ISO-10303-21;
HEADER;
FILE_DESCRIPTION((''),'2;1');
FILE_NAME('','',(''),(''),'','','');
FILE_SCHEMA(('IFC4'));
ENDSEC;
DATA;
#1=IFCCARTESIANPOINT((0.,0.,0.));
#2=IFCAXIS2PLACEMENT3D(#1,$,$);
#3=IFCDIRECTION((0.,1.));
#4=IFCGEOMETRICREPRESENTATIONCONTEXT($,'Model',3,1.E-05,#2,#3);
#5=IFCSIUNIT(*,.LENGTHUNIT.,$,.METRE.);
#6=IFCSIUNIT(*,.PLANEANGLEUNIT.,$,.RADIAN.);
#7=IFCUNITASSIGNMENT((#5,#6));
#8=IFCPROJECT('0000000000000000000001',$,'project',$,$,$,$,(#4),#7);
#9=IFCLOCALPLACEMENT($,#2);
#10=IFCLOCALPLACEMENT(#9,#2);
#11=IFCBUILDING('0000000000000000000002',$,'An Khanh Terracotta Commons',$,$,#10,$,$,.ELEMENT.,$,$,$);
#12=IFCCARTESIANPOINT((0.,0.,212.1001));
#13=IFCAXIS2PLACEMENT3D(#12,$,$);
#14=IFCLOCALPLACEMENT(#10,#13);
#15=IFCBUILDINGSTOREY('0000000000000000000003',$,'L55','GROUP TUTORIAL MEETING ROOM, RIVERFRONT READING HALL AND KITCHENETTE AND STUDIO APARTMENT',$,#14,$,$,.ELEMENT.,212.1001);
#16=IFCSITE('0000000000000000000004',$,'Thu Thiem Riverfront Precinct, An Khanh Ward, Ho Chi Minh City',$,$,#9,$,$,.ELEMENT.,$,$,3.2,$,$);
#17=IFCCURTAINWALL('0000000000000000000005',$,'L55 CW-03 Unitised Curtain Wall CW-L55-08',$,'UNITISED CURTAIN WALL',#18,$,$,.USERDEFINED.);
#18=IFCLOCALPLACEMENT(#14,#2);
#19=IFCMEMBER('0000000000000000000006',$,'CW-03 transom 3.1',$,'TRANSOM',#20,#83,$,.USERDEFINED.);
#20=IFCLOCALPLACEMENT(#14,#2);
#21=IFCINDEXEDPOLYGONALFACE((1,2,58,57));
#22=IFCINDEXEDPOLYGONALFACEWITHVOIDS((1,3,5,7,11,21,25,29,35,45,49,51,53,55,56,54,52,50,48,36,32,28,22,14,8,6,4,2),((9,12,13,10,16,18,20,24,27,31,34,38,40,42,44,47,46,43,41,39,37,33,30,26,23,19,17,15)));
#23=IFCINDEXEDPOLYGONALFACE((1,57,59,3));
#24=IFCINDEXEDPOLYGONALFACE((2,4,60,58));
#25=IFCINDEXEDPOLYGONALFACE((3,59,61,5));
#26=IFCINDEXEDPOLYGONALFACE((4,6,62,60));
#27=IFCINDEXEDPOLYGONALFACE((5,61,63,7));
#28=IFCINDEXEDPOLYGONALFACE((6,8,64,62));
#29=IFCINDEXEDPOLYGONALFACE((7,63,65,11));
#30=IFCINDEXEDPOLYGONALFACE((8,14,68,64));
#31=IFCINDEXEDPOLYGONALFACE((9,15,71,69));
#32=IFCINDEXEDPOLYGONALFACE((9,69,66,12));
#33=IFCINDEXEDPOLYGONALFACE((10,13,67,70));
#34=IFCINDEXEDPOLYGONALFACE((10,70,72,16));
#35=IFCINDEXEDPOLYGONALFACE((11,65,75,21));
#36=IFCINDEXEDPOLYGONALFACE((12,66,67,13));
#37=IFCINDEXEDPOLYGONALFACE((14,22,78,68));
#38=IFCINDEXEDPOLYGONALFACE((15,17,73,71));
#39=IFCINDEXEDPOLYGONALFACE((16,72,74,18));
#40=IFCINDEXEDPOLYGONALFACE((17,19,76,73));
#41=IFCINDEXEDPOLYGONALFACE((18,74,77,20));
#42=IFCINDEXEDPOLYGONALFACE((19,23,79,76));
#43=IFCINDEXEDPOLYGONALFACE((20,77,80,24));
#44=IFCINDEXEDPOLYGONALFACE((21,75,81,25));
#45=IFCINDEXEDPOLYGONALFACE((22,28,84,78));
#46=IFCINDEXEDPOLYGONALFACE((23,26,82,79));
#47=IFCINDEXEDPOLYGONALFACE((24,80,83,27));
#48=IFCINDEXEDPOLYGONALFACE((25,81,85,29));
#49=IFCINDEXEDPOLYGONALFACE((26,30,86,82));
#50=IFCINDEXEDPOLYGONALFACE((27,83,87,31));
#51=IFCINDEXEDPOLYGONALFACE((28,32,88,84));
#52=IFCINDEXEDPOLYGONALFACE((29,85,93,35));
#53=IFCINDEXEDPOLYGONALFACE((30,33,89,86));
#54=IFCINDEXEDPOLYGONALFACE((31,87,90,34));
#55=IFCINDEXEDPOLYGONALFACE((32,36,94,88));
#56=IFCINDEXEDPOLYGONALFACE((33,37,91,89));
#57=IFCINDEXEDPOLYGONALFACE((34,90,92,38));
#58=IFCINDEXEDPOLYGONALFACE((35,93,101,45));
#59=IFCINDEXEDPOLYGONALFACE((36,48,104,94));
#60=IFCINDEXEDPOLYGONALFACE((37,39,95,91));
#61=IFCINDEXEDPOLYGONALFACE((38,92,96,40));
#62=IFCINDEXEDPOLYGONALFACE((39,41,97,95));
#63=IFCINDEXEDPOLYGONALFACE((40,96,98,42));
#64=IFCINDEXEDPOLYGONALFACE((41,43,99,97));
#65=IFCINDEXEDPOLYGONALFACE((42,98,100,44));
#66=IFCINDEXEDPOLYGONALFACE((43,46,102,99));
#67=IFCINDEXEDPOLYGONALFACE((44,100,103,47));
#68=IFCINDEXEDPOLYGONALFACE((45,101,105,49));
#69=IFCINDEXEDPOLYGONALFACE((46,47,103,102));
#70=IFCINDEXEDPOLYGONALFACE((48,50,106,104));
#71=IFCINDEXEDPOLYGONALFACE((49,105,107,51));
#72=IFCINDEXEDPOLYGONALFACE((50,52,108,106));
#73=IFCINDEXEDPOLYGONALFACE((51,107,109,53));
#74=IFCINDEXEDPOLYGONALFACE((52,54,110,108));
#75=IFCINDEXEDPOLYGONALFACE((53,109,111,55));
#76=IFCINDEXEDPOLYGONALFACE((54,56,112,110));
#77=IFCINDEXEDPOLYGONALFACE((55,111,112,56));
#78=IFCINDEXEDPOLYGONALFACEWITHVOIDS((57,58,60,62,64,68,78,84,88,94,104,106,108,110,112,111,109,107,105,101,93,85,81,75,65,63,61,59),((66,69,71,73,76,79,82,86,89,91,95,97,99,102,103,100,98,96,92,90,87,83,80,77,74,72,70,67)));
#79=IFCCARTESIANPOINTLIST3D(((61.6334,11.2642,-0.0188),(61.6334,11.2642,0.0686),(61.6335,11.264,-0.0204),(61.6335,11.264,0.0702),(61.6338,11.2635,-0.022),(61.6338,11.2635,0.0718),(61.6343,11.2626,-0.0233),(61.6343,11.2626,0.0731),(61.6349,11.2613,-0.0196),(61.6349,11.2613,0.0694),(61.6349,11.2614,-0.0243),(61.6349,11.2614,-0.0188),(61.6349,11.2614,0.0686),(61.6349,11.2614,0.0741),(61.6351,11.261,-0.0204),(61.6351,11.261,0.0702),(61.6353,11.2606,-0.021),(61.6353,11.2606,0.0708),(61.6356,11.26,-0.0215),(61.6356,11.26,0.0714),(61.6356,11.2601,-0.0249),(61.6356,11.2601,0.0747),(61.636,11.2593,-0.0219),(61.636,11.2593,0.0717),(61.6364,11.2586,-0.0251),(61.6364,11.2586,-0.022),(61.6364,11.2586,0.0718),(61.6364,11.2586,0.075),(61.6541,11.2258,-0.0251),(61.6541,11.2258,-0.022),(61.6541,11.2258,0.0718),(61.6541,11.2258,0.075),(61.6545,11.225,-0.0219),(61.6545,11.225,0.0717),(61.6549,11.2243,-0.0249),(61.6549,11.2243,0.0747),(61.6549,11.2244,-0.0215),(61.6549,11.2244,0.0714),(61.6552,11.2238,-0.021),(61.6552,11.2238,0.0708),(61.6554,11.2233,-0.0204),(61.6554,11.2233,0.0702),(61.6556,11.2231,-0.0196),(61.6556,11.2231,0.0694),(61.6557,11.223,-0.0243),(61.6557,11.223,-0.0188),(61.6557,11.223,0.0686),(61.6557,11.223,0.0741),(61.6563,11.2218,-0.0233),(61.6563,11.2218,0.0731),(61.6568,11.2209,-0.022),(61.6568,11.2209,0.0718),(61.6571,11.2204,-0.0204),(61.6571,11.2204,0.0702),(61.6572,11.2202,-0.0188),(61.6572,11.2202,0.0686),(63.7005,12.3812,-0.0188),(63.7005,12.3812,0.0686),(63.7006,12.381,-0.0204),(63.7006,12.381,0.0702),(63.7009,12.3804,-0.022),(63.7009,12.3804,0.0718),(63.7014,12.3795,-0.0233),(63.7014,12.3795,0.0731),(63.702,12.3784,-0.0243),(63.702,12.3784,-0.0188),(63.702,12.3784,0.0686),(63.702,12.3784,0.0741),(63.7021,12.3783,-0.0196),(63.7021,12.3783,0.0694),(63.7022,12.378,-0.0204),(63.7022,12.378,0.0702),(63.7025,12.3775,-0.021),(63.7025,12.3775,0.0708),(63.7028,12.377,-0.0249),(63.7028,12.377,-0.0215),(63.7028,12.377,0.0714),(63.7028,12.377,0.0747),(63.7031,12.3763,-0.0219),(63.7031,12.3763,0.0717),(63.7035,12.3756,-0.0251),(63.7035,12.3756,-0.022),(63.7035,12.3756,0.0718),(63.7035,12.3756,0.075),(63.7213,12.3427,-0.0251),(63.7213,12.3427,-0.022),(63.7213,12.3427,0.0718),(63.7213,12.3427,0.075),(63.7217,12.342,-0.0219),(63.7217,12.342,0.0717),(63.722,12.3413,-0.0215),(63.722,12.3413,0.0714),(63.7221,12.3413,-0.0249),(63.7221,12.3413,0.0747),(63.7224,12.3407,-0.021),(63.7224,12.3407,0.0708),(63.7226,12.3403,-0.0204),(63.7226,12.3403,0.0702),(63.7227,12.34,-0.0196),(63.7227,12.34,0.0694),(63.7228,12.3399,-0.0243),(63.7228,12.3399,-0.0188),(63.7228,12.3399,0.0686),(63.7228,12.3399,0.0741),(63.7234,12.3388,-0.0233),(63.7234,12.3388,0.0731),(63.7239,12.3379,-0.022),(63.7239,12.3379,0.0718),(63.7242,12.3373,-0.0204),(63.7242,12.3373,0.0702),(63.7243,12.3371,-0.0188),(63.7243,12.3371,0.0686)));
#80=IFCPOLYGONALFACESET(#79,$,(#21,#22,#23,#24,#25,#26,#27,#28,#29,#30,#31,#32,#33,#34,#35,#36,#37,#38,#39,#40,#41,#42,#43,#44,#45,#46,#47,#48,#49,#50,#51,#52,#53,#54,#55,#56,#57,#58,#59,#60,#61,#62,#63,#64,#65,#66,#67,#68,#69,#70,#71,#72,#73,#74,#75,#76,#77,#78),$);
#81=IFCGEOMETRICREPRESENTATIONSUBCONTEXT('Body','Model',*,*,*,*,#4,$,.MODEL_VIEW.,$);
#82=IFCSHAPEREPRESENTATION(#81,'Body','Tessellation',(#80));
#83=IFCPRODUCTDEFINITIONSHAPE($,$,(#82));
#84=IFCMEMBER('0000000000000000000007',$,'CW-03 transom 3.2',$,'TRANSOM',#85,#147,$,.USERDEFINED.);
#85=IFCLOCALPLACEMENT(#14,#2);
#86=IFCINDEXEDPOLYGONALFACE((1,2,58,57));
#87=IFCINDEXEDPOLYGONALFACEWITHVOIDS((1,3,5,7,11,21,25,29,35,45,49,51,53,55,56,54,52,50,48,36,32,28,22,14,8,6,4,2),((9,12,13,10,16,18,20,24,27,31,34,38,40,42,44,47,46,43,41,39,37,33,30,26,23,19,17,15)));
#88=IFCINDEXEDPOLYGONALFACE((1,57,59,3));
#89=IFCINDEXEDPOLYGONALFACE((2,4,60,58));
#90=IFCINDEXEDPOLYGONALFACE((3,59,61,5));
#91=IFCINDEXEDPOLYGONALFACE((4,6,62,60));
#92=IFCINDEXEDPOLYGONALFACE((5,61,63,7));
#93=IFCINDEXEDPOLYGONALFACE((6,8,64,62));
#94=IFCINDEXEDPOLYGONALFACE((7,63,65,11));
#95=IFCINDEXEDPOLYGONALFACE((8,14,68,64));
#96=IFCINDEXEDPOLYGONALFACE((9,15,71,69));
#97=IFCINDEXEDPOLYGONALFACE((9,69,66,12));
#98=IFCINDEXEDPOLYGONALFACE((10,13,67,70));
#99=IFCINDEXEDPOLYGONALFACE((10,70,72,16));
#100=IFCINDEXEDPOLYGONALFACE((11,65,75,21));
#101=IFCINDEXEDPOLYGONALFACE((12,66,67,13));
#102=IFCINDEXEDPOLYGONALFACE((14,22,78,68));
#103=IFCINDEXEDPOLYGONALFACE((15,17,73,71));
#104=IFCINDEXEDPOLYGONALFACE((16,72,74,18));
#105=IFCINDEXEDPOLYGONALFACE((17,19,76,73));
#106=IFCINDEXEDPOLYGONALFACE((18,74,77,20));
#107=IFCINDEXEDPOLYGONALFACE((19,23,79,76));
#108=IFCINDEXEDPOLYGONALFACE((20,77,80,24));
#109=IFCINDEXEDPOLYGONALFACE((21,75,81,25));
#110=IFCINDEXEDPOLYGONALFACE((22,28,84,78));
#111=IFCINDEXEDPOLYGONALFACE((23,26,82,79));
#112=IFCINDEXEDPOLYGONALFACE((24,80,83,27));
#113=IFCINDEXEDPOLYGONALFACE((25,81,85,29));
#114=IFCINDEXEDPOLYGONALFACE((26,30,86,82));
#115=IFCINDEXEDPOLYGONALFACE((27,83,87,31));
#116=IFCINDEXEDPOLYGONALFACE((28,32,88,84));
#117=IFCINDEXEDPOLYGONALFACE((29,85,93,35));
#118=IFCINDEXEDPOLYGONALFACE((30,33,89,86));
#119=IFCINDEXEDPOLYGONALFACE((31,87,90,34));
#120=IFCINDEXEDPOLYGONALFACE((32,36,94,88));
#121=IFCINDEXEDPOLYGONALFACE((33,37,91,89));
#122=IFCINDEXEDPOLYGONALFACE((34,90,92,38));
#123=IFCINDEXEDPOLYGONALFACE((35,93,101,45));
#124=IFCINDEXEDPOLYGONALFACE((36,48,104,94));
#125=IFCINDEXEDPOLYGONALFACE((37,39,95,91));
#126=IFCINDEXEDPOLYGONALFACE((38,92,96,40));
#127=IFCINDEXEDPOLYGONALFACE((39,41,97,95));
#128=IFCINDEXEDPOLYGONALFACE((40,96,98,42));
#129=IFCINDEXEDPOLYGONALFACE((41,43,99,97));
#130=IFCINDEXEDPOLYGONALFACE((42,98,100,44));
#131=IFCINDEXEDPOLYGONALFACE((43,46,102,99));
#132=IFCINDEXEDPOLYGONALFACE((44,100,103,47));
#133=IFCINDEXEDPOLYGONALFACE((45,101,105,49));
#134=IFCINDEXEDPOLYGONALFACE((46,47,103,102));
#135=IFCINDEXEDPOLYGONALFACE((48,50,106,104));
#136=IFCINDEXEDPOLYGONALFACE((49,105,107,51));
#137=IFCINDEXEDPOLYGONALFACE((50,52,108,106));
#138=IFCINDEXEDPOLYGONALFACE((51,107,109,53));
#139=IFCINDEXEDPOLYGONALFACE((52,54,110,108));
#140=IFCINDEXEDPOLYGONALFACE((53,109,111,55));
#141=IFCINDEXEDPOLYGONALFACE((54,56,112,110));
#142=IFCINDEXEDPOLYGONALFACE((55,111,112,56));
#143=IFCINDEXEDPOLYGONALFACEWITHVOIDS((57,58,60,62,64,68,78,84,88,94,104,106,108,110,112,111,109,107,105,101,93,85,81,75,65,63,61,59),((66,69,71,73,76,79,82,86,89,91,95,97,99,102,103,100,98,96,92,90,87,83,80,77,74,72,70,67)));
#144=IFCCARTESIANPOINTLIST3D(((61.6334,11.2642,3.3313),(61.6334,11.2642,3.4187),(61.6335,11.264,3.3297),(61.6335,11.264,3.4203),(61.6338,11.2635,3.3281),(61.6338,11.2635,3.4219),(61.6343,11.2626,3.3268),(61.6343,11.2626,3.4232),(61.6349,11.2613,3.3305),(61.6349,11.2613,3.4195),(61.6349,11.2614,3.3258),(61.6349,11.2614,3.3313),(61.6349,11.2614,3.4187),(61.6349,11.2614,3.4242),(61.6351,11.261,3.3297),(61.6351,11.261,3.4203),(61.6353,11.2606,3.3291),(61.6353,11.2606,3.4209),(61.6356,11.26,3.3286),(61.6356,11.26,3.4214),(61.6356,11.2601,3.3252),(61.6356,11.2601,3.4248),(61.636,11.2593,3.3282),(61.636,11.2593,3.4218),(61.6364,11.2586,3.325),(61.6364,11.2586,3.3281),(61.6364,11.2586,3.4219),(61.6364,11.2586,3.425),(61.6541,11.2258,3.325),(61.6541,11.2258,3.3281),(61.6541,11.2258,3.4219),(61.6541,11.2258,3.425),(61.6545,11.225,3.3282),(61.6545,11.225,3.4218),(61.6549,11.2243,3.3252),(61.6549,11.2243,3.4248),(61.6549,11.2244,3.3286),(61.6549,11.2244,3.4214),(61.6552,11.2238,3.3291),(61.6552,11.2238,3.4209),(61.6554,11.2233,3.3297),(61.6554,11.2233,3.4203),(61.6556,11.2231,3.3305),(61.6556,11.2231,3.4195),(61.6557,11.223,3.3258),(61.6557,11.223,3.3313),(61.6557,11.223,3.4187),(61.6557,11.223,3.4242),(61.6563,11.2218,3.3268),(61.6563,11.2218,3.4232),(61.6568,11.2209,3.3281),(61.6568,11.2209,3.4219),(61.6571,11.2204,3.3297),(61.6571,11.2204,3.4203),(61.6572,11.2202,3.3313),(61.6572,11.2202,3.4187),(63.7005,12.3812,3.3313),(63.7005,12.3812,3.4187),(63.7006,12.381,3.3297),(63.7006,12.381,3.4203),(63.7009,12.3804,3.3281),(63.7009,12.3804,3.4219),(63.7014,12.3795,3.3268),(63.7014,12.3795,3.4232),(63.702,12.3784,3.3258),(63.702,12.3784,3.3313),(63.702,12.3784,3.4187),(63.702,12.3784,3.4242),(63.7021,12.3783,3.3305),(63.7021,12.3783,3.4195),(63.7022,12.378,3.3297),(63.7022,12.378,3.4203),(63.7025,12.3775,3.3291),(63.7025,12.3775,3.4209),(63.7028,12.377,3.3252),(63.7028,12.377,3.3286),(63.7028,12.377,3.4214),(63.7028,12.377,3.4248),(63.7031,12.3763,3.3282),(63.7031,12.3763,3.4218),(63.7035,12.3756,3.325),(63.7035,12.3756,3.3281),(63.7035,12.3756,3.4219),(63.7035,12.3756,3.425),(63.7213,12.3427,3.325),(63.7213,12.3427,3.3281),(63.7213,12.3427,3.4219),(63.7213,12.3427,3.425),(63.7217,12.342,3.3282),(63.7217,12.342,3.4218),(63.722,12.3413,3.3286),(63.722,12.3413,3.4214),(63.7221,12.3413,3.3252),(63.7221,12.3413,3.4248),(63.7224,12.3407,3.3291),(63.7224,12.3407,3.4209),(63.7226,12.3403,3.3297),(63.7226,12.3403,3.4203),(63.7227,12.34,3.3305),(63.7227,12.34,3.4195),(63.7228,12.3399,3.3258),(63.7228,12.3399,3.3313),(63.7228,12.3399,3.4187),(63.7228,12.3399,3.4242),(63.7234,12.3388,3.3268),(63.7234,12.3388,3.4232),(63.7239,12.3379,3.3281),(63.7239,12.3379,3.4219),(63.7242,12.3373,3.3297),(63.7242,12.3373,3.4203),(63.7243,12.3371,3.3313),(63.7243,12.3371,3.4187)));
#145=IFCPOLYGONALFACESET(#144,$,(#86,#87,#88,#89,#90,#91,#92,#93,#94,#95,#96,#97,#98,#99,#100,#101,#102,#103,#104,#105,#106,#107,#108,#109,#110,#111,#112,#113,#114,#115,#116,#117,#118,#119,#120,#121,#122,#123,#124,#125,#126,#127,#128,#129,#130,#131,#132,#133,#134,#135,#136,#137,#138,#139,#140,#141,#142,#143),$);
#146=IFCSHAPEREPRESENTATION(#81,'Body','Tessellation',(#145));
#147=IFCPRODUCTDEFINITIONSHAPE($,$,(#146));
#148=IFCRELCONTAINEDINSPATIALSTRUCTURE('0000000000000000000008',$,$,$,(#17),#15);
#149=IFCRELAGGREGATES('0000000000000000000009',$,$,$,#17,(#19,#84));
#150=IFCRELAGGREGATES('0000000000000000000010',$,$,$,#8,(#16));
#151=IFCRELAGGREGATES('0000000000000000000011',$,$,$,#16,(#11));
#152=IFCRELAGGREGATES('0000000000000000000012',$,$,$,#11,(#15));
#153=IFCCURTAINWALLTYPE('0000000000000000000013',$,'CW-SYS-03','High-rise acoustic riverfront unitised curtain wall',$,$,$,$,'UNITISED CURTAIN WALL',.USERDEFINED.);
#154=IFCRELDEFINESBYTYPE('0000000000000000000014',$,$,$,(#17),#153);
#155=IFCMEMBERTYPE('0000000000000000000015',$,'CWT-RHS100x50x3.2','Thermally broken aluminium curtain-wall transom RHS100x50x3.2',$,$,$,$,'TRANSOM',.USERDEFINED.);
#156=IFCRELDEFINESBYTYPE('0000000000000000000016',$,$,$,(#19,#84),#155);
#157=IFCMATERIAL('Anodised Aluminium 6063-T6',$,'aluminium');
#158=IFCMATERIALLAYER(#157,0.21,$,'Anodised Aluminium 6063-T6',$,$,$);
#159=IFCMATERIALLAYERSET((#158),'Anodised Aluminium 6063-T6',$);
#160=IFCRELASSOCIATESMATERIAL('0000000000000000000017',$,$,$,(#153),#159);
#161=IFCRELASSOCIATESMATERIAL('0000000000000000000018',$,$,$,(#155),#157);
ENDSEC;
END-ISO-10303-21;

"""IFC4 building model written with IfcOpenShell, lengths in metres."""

from ifc_helpers import new_model, si_unit, direction, frame, origin, origin_2d, place, context, subcontext, project, spatial, hollow_rectangle, extrude, material, layer, layer_set, material_profile, profile_set, type_object, element, aggregate, save


model = new_model("IFC4")

# Units and contexts
model_context = context("Model", 3, precision=1e-05, world=origin(), true_north=direction((0.0, 1.0)))
body_context = subcontext(model_context, "Body", "Model", "MODEL_VIEW")
ifc_project = project(units=[si_unit("LENGTHUNIT", "METRE"), si_unit("PLANEANGLEUNIT", "RADIAN")], contexts=[model_context])

# Site, building, storey
site_placement = place(None, origin())
site = spatial("IfcSite", under=ifc_project, at=site_placement, Name="Thu Thiem Riverfront Precinct, An Khanh Ward, Ho Chi Minh City", CompositionType="ELEMENT", RefElevation=3.2)
building_placement = place(site_placement, origin())
building = spatial("IfcBuilding", under=site, at=building_placement, Name="An Khanh Terracotta Commons", CompositionType="ELEMENT")
storey_placement = place(building_placement, frame((0.0, 0.0, 212.1001)))
storey = spatial("IfcBuildingStorey", under=building, at=storey_placement, Name="L55", Description="GROUP TUTORIAL MEETING ROOM, RIVERFRONT READING HALL AND KITCHENETTE AND STUDIO APARTMENT", CompositionType="ELEMENT", Elevation=212.1001)

# Curtain wall
ifc_material_1 = material(Name="Anodised Aluminium 6063-T6", Category="aluminium")
ifc_layer_1 = layer(ifc_material_1, 0.21, Name="Anodised Aluminium 6063-T6")
ifc_layer_set_1 = layer_set([ifc_layer_1], Name="Anodised Aluminium 6063-T6")
curtain_wall_type = type_object("IfcCurtainWallType", Name="CW-SYS-03", Description="High-rise acoustic riverfront unitised curtain wall", ElementType="UNITISED CURTAIN WALL", PredefinedType="USERDEFINED", material=ifc_layer_set_1)
curtain_wall_1_placement = place(storey_placement, origin())
curtain_wall_1 = element("IfcCurtainWall", 1, at=curtain_wall_1_placement, inside=storey, type_object=curtain_wall_type, Name="L55 CW-03 Unitised Curtain Wall CW-L55-08", ObjectType="UNITISED CURTAIN WALL", PredefinedType="USERDEFINED")

# Members
ifc_material_profile_1 = material_profile(ifc_material_1, hollow_rectangle(XDim=0.05, YDim=0.1001, WallThickness=0.0032, InnerFilletRadius=0.0032, OuterFilletRadius=0.0063, at=origin_2d()), Name="RHS100x50x3.2")
ifc_profile_set_1 = profile_set([ifc_material_profile_1], Name="Anodised Aluminium 6063-T6")
member_type_1 = type_object("IfcMemberType", Name="CWT-RHS100x50x3.2", Description="Thermally broken aluminium curtain-wall transom RHS100x50x3.2", ElementType="TRANSOM", PredefinedType="USERDEFINED", material=ifc_profile_set_1)
member_1_placement = place(storey_placement, frame((61.6453, 11.2422, 0.0249), z_axis=(0.879783, 0.475376, 0.0), x_axis=(-0.475376, 0.879783, 0.0)))
member_1 = element("IfcMember", 2, at=member_1_placement, type_object=member_type_1, Name="CW-03 transom 3.1", ObjectType="TRANSOM", PredefinedType="USERDEFINED", context=body_context, shape_type="SweptSolid", body=[
    extrude(hollow_rectangle(XDim=0.05, YDim=0.1001, WallThickness=0.0032, InnerFilletRadius=0.0032, OuterFilletRadius=0.0063, at=origin_2d()), origin(), (0.0, 0.0, 1.0), 2.3496),
])
member_2_placement = place(storey_placement, frame((61.6453, 11.2422, 3.375), z_axis=(0.879783, 0.475376, 0.0), x_axis=(-0.475376, 0.879783, 0.0)))
member_2 = element("IfcMember", 3, at=member_2_placement, type_object=member_type_1, Name="CW-03 transom 3.2", ObjectType="TRANSOM", PredefinedType="USERDEFINED", context=body_context, shape_type="SweptSolid", body=[
    extrude(hollow_rectangle(XDim=0.05, YDim=0.1001, WallThickness=0.0032, InnerFilletRadius=0.0032, OuterFilletRadius=0.0063, at=origin_2d()), origin(), (0.0, 0.0, 1.0), 2.3496),
])

aggregate(curtain_wall_1, [member_1, member_2])

save(model, "model.ifc")
